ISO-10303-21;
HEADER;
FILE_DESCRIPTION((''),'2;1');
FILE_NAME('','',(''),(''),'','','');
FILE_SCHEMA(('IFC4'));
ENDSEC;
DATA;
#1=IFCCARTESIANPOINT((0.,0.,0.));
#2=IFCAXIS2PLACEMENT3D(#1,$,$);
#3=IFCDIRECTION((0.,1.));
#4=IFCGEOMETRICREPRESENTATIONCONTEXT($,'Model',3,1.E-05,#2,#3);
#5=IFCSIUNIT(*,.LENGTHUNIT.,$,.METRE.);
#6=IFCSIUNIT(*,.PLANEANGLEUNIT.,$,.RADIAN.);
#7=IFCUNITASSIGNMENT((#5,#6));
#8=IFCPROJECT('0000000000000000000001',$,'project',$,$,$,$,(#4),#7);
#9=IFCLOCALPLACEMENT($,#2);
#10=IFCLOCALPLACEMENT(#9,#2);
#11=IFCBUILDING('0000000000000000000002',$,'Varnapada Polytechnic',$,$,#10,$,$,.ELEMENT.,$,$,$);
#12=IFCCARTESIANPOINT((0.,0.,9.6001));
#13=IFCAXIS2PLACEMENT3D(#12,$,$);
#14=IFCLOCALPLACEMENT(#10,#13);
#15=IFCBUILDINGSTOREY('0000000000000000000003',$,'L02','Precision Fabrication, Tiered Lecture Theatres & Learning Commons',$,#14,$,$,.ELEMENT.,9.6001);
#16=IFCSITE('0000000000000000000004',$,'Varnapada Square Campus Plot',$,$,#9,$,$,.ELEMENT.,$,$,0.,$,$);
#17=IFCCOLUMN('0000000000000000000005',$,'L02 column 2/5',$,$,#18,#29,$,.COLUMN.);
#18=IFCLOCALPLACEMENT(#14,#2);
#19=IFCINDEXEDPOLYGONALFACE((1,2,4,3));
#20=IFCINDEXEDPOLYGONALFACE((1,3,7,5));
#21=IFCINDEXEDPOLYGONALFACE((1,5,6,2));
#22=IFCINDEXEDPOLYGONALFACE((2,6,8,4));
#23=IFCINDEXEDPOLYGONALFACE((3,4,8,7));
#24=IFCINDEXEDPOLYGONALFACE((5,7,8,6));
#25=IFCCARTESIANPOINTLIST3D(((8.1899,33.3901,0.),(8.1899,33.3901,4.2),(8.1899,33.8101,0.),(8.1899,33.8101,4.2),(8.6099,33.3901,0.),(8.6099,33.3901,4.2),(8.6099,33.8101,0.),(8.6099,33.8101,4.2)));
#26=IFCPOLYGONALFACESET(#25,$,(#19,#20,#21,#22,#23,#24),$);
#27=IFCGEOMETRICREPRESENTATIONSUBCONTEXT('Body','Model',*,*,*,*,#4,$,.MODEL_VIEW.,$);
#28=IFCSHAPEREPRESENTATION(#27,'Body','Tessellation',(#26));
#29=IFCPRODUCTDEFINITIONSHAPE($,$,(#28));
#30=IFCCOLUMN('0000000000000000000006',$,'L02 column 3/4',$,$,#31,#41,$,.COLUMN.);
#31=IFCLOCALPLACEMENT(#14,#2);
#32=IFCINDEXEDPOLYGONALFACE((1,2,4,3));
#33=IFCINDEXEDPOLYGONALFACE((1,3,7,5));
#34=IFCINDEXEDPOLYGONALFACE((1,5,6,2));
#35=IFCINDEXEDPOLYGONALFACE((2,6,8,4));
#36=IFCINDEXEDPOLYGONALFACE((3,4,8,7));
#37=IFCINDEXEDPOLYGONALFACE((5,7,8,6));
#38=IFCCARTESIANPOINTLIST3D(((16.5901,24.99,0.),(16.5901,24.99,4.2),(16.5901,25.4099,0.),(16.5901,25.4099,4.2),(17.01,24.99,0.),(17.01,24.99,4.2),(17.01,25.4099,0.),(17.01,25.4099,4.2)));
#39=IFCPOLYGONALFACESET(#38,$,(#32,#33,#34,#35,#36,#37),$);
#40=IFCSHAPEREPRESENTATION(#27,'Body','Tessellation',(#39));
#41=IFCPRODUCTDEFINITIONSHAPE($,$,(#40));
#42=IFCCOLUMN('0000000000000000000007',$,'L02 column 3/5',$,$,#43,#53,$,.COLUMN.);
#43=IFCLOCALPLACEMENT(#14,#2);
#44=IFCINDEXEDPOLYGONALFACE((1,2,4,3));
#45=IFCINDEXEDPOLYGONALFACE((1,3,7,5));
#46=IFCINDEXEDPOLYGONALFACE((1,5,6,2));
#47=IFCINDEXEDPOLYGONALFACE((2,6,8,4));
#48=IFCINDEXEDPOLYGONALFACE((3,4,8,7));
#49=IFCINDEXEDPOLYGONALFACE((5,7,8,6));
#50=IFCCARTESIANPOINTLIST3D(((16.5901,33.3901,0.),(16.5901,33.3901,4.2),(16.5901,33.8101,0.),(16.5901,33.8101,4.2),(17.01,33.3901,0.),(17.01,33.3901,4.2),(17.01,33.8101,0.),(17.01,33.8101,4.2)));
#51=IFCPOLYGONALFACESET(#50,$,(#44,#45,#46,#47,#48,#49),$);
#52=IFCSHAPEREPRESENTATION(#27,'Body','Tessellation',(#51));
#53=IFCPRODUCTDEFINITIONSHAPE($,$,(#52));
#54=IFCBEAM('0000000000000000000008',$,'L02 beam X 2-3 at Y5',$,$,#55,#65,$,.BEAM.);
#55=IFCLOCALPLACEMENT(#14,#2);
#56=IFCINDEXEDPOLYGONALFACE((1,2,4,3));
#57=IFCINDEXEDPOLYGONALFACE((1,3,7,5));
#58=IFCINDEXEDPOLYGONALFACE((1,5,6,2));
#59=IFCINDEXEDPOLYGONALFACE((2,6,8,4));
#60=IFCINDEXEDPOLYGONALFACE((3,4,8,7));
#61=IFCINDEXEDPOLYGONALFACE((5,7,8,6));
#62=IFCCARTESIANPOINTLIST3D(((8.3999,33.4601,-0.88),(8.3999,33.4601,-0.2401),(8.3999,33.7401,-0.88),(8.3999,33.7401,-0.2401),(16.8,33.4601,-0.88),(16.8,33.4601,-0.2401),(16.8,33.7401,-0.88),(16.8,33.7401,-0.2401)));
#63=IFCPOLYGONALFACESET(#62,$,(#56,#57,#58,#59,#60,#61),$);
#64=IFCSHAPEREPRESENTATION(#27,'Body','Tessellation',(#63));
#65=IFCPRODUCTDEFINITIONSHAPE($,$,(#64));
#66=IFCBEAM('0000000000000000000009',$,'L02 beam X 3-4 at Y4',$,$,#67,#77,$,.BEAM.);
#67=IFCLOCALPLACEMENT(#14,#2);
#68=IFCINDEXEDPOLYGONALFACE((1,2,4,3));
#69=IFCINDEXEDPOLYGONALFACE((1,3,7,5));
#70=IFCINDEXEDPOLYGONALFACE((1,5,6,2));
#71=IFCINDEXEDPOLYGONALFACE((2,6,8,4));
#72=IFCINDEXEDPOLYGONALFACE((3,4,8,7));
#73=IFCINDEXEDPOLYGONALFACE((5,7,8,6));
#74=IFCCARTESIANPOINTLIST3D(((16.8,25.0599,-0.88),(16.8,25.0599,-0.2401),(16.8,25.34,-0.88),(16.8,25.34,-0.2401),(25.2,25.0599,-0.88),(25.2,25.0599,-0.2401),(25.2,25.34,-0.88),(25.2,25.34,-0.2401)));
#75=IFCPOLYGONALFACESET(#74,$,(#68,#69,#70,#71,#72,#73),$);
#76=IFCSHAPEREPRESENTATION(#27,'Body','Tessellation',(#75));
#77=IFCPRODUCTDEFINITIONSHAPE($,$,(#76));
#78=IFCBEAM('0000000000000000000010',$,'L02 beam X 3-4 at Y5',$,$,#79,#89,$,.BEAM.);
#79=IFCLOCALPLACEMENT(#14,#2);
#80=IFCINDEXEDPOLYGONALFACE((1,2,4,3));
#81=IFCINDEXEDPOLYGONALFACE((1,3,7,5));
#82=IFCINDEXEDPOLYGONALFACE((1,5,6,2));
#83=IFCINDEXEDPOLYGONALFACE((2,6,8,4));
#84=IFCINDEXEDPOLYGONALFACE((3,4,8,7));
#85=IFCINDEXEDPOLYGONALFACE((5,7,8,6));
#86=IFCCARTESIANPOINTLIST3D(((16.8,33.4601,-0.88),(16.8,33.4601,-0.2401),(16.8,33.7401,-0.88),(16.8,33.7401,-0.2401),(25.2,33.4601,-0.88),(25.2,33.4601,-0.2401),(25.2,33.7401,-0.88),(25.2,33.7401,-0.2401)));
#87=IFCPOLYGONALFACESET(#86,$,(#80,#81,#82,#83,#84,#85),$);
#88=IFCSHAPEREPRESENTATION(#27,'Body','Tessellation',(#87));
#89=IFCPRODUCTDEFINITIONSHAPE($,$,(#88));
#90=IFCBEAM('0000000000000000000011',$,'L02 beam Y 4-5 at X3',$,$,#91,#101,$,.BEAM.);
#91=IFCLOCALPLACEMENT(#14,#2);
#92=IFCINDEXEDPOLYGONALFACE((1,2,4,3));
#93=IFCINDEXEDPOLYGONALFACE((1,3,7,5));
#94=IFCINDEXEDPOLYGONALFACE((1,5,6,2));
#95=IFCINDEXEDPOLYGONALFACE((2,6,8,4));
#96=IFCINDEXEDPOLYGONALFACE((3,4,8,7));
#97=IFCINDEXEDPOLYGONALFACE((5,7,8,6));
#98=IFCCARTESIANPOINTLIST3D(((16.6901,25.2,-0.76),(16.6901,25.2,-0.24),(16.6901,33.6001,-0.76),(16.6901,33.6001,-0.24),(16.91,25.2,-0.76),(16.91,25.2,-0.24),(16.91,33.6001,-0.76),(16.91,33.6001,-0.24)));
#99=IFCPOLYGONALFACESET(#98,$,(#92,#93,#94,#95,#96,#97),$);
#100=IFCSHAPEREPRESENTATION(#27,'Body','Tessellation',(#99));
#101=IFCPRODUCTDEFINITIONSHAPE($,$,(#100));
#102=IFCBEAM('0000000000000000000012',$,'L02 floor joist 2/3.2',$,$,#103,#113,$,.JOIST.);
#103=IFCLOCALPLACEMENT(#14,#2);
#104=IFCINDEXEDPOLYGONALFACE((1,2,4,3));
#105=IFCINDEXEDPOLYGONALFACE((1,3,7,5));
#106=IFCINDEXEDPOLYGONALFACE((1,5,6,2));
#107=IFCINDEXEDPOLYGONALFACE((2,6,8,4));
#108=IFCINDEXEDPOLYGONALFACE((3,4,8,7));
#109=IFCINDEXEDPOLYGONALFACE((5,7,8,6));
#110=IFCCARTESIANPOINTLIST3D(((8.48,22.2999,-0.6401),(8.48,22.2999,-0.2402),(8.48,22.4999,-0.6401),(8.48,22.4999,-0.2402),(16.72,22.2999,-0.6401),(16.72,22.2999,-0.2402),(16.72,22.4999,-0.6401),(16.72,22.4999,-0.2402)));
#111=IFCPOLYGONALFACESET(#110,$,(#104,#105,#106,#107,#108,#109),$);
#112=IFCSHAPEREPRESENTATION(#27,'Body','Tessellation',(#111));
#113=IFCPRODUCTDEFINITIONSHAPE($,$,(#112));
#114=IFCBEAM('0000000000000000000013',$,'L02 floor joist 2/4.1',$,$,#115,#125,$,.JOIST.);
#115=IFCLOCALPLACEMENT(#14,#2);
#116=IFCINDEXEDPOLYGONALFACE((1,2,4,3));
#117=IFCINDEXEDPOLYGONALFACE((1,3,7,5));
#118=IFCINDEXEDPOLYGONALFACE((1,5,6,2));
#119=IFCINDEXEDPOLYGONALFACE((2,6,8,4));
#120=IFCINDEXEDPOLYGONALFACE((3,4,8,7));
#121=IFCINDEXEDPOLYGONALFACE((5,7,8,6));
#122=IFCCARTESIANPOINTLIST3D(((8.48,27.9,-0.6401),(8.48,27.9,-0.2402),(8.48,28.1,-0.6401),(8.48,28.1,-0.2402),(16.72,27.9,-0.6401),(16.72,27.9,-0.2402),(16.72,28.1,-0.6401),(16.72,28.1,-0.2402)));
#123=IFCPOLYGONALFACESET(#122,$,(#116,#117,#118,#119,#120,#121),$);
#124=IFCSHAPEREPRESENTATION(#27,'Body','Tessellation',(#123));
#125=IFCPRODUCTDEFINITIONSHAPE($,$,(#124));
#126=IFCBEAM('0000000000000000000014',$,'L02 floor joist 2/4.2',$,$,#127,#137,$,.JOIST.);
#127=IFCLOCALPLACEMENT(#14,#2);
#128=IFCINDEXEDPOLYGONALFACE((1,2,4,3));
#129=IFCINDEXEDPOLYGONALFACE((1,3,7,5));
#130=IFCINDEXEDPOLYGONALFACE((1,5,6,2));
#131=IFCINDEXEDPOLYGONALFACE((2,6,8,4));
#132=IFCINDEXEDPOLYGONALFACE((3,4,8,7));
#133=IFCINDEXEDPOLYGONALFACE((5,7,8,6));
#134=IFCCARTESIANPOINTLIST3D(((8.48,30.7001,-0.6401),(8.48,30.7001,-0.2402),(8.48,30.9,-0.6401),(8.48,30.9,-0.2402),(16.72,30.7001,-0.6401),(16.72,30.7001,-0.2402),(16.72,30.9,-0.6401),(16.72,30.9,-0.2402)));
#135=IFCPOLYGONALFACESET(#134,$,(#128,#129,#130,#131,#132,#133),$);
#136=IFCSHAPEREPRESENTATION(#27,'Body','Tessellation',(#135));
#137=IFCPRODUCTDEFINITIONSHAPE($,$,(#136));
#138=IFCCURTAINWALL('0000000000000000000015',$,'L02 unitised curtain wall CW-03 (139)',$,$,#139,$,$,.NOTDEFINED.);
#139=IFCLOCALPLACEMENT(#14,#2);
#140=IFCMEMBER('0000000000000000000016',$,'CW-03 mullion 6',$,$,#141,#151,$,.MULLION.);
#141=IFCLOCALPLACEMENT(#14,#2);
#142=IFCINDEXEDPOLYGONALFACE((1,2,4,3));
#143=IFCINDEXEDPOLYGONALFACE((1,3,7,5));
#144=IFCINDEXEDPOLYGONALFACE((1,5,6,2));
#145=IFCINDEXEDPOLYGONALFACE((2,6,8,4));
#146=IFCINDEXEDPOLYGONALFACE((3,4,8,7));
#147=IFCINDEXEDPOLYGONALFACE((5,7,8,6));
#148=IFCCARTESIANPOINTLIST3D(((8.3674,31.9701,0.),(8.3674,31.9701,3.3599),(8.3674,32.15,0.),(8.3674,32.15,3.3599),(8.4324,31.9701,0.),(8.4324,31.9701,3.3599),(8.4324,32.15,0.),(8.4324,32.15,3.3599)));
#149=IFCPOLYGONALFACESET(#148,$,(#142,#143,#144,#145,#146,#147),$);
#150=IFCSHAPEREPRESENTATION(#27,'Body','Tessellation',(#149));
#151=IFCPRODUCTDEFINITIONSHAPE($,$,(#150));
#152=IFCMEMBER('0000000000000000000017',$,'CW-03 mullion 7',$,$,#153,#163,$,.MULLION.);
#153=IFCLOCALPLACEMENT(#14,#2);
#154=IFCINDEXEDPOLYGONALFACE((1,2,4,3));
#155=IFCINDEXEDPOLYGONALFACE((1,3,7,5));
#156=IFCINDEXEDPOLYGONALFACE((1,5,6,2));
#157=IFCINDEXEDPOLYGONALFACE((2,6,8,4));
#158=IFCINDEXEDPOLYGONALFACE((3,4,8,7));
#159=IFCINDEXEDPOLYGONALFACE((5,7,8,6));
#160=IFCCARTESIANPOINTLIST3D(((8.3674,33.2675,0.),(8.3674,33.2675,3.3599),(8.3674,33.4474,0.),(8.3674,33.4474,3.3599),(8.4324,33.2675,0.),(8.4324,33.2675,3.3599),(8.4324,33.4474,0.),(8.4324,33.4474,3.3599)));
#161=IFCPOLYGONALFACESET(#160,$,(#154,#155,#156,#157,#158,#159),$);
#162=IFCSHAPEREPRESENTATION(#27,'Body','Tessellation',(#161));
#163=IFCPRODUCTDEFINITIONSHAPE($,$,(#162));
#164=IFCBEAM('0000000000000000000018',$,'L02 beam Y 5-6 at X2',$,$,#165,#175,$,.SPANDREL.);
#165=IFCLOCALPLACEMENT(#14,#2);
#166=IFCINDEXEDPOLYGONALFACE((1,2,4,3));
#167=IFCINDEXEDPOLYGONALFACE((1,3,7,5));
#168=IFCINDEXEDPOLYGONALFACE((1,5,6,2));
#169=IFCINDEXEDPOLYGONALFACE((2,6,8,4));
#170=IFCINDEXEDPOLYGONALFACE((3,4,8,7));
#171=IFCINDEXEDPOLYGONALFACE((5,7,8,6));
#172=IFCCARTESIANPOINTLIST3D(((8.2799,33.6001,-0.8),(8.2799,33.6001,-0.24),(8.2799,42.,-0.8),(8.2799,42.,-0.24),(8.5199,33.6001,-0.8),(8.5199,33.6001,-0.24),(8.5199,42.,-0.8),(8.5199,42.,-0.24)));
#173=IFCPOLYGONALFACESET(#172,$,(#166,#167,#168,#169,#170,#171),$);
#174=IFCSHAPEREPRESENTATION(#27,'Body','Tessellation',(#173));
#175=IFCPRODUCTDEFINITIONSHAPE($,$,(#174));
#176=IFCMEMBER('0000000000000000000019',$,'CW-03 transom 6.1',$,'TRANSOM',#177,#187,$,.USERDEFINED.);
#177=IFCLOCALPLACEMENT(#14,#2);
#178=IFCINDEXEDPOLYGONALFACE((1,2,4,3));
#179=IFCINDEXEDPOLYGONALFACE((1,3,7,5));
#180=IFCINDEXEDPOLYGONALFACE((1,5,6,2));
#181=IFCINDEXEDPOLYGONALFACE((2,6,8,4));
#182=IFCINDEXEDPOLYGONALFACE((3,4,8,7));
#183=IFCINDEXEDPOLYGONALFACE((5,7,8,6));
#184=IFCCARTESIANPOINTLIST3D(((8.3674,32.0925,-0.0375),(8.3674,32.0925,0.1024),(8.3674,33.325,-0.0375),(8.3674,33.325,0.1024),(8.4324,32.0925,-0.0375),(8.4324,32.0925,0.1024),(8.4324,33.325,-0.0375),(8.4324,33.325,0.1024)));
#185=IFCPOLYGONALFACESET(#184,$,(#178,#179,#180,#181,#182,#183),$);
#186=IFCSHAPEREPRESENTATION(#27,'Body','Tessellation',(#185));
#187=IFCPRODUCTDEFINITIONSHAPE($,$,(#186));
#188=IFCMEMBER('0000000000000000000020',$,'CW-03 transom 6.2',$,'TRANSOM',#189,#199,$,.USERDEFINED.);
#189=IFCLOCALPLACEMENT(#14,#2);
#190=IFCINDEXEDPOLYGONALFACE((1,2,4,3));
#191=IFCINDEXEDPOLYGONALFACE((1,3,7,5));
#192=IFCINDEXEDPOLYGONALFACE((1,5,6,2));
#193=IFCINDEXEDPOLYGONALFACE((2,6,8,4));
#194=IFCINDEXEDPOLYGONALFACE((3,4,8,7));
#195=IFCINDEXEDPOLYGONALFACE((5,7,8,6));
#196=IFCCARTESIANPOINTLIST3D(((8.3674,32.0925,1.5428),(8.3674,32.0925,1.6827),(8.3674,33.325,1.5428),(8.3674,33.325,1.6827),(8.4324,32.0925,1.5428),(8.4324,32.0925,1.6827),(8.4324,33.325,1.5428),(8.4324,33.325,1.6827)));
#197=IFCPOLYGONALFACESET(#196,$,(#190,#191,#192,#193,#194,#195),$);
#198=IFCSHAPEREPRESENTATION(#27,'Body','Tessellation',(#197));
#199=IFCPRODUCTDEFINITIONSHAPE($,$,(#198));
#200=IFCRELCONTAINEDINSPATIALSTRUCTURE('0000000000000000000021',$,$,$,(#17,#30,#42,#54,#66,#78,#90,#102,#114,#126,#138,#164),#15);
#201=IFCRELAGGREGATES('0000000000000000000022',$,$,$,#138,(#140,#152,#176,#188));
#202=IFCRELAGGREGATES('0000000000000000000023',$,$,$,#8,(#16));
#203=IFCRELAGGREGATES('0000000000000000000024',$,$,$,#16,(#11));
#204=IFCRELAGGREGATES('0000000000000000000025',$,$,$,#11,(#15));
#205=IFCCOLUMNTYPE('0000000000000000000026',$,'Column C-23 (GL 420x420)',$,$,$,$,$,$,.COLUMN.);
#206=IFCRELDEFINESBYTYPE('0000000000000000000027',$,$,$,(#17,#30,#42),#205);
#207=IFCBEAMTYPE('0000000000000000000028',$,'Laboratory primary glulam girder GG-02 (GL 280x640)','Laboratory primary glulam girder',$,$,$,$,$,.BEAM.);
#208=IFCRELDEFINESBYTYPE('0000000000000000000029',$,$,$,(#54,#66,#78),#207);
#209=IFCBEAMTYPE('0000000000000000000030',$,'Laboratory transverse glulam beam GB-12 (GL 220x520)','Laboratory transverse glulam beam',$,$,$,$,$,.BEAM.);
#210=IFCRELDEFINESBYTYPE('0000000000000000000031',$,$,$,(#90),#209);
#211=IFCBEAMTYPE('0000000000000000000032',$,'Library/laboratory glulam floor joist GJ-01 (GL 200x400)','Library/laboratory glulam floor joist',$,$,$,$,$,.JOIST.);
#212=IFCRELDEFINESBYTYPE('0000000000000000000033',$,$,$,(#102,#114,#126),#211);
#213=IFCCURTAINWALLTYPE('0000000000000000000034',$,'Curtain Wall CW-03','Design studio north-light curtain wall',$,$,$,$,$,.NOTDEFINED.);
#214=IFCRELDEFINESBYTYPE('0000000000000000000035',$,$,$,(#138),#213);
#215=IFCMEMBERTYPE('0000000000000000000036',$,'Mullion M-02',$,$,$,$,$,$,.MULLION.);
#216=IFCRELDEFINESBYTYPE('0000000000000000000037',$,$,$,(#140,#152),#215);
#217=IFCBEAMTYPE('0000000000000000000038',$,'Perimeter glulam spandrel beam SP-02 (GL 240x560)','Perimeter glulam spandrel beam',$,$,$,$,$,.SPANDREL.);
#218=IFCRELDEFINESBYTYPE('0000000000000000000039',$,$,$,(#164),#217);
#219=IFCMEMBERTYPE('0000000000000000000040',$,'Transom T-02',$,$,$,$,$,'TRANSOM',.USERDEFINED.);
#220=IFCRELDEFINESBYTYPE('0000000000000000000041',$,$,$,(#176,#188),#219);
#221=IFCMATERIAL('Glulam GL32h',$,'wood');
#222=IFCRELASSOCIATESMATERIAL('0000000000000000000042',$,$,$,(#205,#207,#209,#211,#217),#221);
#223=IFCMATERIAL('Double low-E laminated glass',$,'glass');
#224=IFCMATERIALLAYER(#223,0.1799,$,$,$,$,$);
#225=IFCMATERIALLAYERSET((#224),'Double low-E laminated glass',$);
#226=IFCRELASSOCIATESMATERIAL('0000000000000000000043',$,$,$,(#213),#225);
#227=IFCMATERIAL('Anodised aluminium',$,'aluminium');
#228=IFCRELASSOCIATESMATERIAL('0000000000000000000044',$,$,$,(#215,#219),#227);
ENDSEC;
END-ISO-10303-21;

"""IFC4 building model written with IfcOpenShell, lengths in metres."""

from ifc_helpers import new_model, si_unit, direction, frame, origin, origin_2d, place, context, subcontext, project, spatial, rectangle, extrude, material, layer, layer_set, material_profile, profile_set, type_object, element, aggregate, save


model = new_model("IFC4")

# Units and contexts
model_context = context("Model", 3, precision=1e-05, world=origin(), true_north=direction((0.0, 1.0)))
body_context = subcontext(model_context, "Body", "Model", "MODEL_VIEW")
ifc_project = project(units=[si_unit("LENGTHUNIT", "METRE"), si_unit("PLANEANGLEUNIT", "RADIAN")], contexts=[model_context])

# Site, building, storey
site_placement = place(None, origin())
site = spatial("IfcSite", under=ifc_project, at=site_placement, Name="Varnapada Square Campus Plot", CompositionType="ELEMENT", RefElevation=0.0)
building_placement = place(site_placement, origin())
building = spatial("IfcBuilding", under=site, at=building_placement, Name="Varnapada Polytechnic", CompositionType="ELEMENT")
storey_placement = place(building_placement, frame((0.0, 0.0, 9.6001)))
storey = spatial("IfcBuildingStorey", under=building, at=storey_placement, Name="L02", Description="Precision Fabrication, Tiered Lecture Theatres & Learning Commons", CompositionType="ELEMENT", Elevation=9.6001)

# Columns
ifc_material_1 = material(Name="Glulam GL32h", Category="wood")
ifc_material_profile_1 = material_profile(ifc_material_1, rectangle(XDim=0.4199, YDim=0.4199, at=origin_2d()), Name="GL 420x420")
ifc_profile_set_1 = profile_set([ifc_material_profile_1], Name="Glulam GL32h")
column_type = type_object("IfcColumnType", Name="Column C-23 (GL 420x420)", PredefinedType="COLUMN", material=ifc_profile_set_1)
for number, where, z_axis, x_axis, name in (
    (1, (8.3999, 33.6001, 0.0), (0.0, 0.0, 1.0), (1.0, 0.0, 0.0), "L02 column 2/5"),
    (2, (16.8, 25.2, 0.0), (0.0, 0.0, 1.0), (1.0, 0.0, 0.0), "L02 column 3/4"),
    (3, (16.8, 33.6001, 0.0), (0.0, 0.0, 1.0), (1.0, 0.0, 0.0), "L02 column 3/5"),
):
    element("IfcColumn", number, at=place(storey_placement, frame(where, z_axis=z_axis, x_axis=x_axis)), inside=storey, type_object=column_type, Name=name, PredefinedType="COLUMN", context=body_context, shape_type="SweptSolid", body=[
        extrude(rectangle(XDim=0.4199, YDim=0.4199, at=origin_2d()), origin(), (0.0, 0.0, 1.0), 4.2),
    ])

# Beams
ifc_material_profile_2 = material_profile(ifc_material_1, rectangle(XDim=0.28, YDim=0.6399, at=origin_2d()), Name="GL 280x640")
ifc_profile_set_2 = profile_set([ifc_material_profile_2], Name="Glulam GL32h")
beam_type_1 = type_object("IfcBeamType", Name="Laboratory primary glulam girder GG-02 (GL 280x640)", Description="Laboratory primary glulam girder", PredefinedType="BEAM", material=ifc_profile_set_2)
beam_1_placement = place(storey_placement, frame((8.3999, 33.6001, -0.5601), z_axis=(1.0, 0.0, 0.0), x_axis=(0.0, 1.0, 0.0)))
element("IfcBeam", 4, at=beam_1_placement, inside=storey, type_object=beam_type_1, Name="L02 beam X 2-3 at Y5", PredefinedType="BEAM", context=body_context, shape_type="SweptSolid", body=[
    extrude(rectangle(XDim=0.28, YDim=0.6399, at=origin_2d()), origin(), (0.0, 0.0, 1.0), 8.4001),
])
for number, where, z_axis, x_axis, name in (
    (5, (16.8, 25.2, -0.5601), (1.0, 0.0, 0.0), (0.0, 1.0, 0.0), "L02 beam X 3-4 at Y4"),
    (6, (16.8, 33.6001, -0.5601), (1.0, 0.0, 0.0), (0.0, 1.0, 0.0), "L02 beam X 3-4 at Y5"),
):
    element("IfcBeam", number, at=place(storey_placement, frame(where, z_axis=z_axis, x_axis=x_axis)), inside=storey, type_object=beam_type_1, Name=name, PredefinedType="BEAM", context=body_context, shape_type="SweptSolid", body=[
        extrude(rectangle(XDim=0.28, YDim=0.6399, at=origin_2d()), origin(), (0.0, 0.0, 1.0), 8.3999),
    ])
ifc_material_profile_3 = material_profile(ifc_material_1, rectangle(XDim=0.22, YDim=0.52, at=origin_2d()), Name="GL 220x520")
ifc_profile_set_3 = profile_set([ifc_material_profile_3], Name="Glulam GL32h")
beam_type_2 = type_object("IfcBeamType", Name="Laboratory transverse glulam beam GB-12 (GL 220x520)", Description="Laboratory transverse glulam beam", PredefinedType="BEAM", material=ifc_profile_set_3)
beam_2_placement = place(storey_placement, frame((16.8, 25.2, -0.5), z_axis=(0.0, 1.0, 0.0), x_axis=(-1.0, 0.0, 0.0)))
element("IfcBeam", 7, at=beam_2_placement, inside=storey, type_object=beam_type_2, Name="L02 beam Y 4-5 at X3", PredefinedType="BEAM", context=body_context, shape_type="SweptSolid", body=[
    extrude(rectangle(XDim=0.22, YDim=0.52, at=origin_2d()), origin(), (0.0, 0.0, 1.0), 8.4001),
])
ifc_material_profile_4 = material_profile(ifc_material_1, rectangle(XDim=0.2, YDim=0.3999, at=origin_2d()), Name="GL 200x400")
ifc_profile_set_4 = profile_set([ifc_material_profile_4], Name="Glulam GL32h")
beam_type_3 = type_object("IfcBeamType", Name="Library/laboratory glulam floor joist GJ-01 (GL 200x400)", Description="Library/laboratory glulam floor joist", PredefinedType="JOIST", material=ifc_profile_set_4)
for number, where, z_axis, x_axis, name in (
    (8, (8.48, 22.3999, -0.4402), (1.0, 0.0, 0.0), (0.0, 1.0, 0.0), "L02 floor joist 2/3.2"),
    (9, (8.48, 28.0, -0.4402), (1.0, 0.0, 0.0), (0.0, 1.0, 0.0), "L02 floor joist 2/4.1"),
    (10, (8.48, 30.8, -0.4402), (1.0, 0.0, 0.0), (0.0, 1.0, 0.0), "L02 floor joist 2/4.2"),
):
    element("IfcBeam", number, at=place(storey_placement, frame(where, z_axis=z_axis, x_axis=x_axis)), inside=storey, type_object=beam_type_3, Name=name, PredefinedType="JOIST", context=body_context, shape_type="SweptSolid", body=[
        extrude(rectangle(XDim=0.2, YDim=0.3999, at=origin_2d()), origin(), (0.0, 0.0, 1.0), 8.24),
    ])

# Curtain wall, members
ifc_material_2 = material(Name="Double low-E laminated glass", Category="glass")
ifc_layer_1 = layer(ifc_material_2, 0.1799)
ifc_layer_set_1 = layer_set([ifc_layer_1], Name="Double low-E laminated glass")
curtain_wall_type = type_object("IfcCurtainWallType", Name="Curtain Wall CW-03", Description="Design studio north-light curtain wall", PredefinedType="NOTDEFINED", material=ifc_layer_set_1)
curtain_wall_placement = place(storey_placement, origin())
curtain_wall = element("IfcCurtainWall", 11, at=curtain_wall_placement, inside=storey, type_object=curtain_wall_type, Name="L02 unitised curtain wall CW-03 (139)", PredefinedType="NOTDEFINED")
ifc_material_3 = material(Name="Anodised aluminium", Category="aluminium")
ifc_material_profile_5 = material_profile(ifc_material_3, rectangle(XDim=0.0649, YDim=0.1799, at=origin_2d()), Name="ALU M65x180")
ifc_profile_set_5 = profile_set([ifc_material_profile_5], Name="Anodised aluminium")
member_type_1 = type_object("IfcMemberType", Name="Mullion M-02", PredefinedType="MULLION", material=ifc_profile_set_5)
member_1_placement = place(storey_placement, frame((8.3999, 32.0601, 0.0), z_axis=(0.0, 0.0, 1.0), x_axis=(-1.0, 0.0, 0.0)))
member_1 = element("IfcMember", 12, at=member_1_placement, type_object=member_type_1, Name="CW-03 mullion 6", PredefinedType="MULLION", context=body_context, shape_type="SweptSolid", body=[
    extrude(rectangle(XDim=0.0649, YDim=0.1799, at=origin_2d()), origin(), (0.0, 0.0, 1.0), 3.3599),
])
member_2_placement = place(storey_placement, frame((8.3999, 33.3574, 0.0), z_axis=(0.0, 0.0, 1.0), x_axis=(-1.0, 0.0, 0.0)))
member_2 = element("IfcMember", 13, at=member_2_placement, type_object=member_type_1, Name="CW-03 mullion 7", PredefinedType="MULLION", context=body_context, shape_type="SweptSolid", body=[
    extrude(rectangle(XDim=0.0649, YDim=0.1799, at=origin_2d()), origin(), (0.0, 0.0, 1.0), 3.3599),
])

# Beam
ifc_material_profile_6 = material_profile(ifc_material_1, rectangle(XDim=0.24, YDim=0.5601, at=origin_2d()), Name="GL 240x560")
ifc_profile_set_6 = profile_set([ifc_material_profile_6], Name="Glulam GL32h")
beam_type_4 = type_object("IfcBeamType", Name="Perimeter glulam spandrel beam SP-02 (GL 240x560)", Description="Perimeter glulam spandrel beam", PredefinedType="SPANDREL", material=ifc_profile_set_6)
beam_3_placement = place(storey_placement, frame((8.3999, 33.6001, -0.52), z_axis=(0.0, 1.0, 0.0), x_axis=(-1.0, 0.0, 0.0)))
element("IfcBeam", 14, at=beam_3_placement, inside=storey, type_object=beam_type_4, Name="L02 beam Y 5-6 at X2", PredefinedType="SPANDREL", context=body_context, shape_type="SweptSolid", body=[
    extrude(rectangle(XDim=0.24, YDim=0.5601, at=origin_2d()), origin(), (0.0, 0.0, 1.0), 8.3999),
])

# Members
ifc_material_profile_7 = material_profile(ifc_material_3, rectangle(XDim=0.0649, YDim=0.1399, at=origin_2d()), Name="ALU T65x140")
ifc_profile_set_7 = profile_set([ifc_material_profile_7], Name="Anodised aluminium")
member_type_2 = type_object("IfcMemberType", Name="Transom T-02", ElementType="TRANSOM", PredefinedType="USERDEFINED", material=ifc_profile_set_7)
member_3_placement = place(storey_placement, frame((8.3999, 32.0925, 0.0325), z_axis=(0.0, 1.0, 0.0), x_axis=(-1.0, 0.0, 0.0)))
member_3 = element("IfcMember", 15, at=member_3_placement, type_object=member_type_2, Name="CW-03 transom 6.1", ObjectType="TRANSOM", PredefinedType="USERDEFINED", context=body_context, shape_type="SweptSolid", body=[
    extrude(rectangle(XDim=0.0649, YDim=0.1399, at=origin_2d()), origin(), (0.0, 0.0, 1.0), 1.2324),
])
member_4_placement = place(storey_placement, frame((8.3999, 32.0925, 1.6128), z_axis=(0.0, 1.0, 0.0), x_axis=(-1.0, 0.0, 0.0)))
member_4 = element("IfcMember", 16, at=member_4_placement, type_object=member_type_2, Name="CW-03 transom 6.2", ObjectType="TRANSOM", PredefinedType="USERDEFINED", context=body_context, shape_type="SweptSolid", body=[
    extrude(rectangle(XDim=0.0649, YDim=0.1399, at=origin_2d()), origin(), (0.0, 0.0, 1.0), 1.2324),
])

aggregate(curtain_wall, [member_1, member_2, member_3, member_4])

save(model, "model.ifc")
